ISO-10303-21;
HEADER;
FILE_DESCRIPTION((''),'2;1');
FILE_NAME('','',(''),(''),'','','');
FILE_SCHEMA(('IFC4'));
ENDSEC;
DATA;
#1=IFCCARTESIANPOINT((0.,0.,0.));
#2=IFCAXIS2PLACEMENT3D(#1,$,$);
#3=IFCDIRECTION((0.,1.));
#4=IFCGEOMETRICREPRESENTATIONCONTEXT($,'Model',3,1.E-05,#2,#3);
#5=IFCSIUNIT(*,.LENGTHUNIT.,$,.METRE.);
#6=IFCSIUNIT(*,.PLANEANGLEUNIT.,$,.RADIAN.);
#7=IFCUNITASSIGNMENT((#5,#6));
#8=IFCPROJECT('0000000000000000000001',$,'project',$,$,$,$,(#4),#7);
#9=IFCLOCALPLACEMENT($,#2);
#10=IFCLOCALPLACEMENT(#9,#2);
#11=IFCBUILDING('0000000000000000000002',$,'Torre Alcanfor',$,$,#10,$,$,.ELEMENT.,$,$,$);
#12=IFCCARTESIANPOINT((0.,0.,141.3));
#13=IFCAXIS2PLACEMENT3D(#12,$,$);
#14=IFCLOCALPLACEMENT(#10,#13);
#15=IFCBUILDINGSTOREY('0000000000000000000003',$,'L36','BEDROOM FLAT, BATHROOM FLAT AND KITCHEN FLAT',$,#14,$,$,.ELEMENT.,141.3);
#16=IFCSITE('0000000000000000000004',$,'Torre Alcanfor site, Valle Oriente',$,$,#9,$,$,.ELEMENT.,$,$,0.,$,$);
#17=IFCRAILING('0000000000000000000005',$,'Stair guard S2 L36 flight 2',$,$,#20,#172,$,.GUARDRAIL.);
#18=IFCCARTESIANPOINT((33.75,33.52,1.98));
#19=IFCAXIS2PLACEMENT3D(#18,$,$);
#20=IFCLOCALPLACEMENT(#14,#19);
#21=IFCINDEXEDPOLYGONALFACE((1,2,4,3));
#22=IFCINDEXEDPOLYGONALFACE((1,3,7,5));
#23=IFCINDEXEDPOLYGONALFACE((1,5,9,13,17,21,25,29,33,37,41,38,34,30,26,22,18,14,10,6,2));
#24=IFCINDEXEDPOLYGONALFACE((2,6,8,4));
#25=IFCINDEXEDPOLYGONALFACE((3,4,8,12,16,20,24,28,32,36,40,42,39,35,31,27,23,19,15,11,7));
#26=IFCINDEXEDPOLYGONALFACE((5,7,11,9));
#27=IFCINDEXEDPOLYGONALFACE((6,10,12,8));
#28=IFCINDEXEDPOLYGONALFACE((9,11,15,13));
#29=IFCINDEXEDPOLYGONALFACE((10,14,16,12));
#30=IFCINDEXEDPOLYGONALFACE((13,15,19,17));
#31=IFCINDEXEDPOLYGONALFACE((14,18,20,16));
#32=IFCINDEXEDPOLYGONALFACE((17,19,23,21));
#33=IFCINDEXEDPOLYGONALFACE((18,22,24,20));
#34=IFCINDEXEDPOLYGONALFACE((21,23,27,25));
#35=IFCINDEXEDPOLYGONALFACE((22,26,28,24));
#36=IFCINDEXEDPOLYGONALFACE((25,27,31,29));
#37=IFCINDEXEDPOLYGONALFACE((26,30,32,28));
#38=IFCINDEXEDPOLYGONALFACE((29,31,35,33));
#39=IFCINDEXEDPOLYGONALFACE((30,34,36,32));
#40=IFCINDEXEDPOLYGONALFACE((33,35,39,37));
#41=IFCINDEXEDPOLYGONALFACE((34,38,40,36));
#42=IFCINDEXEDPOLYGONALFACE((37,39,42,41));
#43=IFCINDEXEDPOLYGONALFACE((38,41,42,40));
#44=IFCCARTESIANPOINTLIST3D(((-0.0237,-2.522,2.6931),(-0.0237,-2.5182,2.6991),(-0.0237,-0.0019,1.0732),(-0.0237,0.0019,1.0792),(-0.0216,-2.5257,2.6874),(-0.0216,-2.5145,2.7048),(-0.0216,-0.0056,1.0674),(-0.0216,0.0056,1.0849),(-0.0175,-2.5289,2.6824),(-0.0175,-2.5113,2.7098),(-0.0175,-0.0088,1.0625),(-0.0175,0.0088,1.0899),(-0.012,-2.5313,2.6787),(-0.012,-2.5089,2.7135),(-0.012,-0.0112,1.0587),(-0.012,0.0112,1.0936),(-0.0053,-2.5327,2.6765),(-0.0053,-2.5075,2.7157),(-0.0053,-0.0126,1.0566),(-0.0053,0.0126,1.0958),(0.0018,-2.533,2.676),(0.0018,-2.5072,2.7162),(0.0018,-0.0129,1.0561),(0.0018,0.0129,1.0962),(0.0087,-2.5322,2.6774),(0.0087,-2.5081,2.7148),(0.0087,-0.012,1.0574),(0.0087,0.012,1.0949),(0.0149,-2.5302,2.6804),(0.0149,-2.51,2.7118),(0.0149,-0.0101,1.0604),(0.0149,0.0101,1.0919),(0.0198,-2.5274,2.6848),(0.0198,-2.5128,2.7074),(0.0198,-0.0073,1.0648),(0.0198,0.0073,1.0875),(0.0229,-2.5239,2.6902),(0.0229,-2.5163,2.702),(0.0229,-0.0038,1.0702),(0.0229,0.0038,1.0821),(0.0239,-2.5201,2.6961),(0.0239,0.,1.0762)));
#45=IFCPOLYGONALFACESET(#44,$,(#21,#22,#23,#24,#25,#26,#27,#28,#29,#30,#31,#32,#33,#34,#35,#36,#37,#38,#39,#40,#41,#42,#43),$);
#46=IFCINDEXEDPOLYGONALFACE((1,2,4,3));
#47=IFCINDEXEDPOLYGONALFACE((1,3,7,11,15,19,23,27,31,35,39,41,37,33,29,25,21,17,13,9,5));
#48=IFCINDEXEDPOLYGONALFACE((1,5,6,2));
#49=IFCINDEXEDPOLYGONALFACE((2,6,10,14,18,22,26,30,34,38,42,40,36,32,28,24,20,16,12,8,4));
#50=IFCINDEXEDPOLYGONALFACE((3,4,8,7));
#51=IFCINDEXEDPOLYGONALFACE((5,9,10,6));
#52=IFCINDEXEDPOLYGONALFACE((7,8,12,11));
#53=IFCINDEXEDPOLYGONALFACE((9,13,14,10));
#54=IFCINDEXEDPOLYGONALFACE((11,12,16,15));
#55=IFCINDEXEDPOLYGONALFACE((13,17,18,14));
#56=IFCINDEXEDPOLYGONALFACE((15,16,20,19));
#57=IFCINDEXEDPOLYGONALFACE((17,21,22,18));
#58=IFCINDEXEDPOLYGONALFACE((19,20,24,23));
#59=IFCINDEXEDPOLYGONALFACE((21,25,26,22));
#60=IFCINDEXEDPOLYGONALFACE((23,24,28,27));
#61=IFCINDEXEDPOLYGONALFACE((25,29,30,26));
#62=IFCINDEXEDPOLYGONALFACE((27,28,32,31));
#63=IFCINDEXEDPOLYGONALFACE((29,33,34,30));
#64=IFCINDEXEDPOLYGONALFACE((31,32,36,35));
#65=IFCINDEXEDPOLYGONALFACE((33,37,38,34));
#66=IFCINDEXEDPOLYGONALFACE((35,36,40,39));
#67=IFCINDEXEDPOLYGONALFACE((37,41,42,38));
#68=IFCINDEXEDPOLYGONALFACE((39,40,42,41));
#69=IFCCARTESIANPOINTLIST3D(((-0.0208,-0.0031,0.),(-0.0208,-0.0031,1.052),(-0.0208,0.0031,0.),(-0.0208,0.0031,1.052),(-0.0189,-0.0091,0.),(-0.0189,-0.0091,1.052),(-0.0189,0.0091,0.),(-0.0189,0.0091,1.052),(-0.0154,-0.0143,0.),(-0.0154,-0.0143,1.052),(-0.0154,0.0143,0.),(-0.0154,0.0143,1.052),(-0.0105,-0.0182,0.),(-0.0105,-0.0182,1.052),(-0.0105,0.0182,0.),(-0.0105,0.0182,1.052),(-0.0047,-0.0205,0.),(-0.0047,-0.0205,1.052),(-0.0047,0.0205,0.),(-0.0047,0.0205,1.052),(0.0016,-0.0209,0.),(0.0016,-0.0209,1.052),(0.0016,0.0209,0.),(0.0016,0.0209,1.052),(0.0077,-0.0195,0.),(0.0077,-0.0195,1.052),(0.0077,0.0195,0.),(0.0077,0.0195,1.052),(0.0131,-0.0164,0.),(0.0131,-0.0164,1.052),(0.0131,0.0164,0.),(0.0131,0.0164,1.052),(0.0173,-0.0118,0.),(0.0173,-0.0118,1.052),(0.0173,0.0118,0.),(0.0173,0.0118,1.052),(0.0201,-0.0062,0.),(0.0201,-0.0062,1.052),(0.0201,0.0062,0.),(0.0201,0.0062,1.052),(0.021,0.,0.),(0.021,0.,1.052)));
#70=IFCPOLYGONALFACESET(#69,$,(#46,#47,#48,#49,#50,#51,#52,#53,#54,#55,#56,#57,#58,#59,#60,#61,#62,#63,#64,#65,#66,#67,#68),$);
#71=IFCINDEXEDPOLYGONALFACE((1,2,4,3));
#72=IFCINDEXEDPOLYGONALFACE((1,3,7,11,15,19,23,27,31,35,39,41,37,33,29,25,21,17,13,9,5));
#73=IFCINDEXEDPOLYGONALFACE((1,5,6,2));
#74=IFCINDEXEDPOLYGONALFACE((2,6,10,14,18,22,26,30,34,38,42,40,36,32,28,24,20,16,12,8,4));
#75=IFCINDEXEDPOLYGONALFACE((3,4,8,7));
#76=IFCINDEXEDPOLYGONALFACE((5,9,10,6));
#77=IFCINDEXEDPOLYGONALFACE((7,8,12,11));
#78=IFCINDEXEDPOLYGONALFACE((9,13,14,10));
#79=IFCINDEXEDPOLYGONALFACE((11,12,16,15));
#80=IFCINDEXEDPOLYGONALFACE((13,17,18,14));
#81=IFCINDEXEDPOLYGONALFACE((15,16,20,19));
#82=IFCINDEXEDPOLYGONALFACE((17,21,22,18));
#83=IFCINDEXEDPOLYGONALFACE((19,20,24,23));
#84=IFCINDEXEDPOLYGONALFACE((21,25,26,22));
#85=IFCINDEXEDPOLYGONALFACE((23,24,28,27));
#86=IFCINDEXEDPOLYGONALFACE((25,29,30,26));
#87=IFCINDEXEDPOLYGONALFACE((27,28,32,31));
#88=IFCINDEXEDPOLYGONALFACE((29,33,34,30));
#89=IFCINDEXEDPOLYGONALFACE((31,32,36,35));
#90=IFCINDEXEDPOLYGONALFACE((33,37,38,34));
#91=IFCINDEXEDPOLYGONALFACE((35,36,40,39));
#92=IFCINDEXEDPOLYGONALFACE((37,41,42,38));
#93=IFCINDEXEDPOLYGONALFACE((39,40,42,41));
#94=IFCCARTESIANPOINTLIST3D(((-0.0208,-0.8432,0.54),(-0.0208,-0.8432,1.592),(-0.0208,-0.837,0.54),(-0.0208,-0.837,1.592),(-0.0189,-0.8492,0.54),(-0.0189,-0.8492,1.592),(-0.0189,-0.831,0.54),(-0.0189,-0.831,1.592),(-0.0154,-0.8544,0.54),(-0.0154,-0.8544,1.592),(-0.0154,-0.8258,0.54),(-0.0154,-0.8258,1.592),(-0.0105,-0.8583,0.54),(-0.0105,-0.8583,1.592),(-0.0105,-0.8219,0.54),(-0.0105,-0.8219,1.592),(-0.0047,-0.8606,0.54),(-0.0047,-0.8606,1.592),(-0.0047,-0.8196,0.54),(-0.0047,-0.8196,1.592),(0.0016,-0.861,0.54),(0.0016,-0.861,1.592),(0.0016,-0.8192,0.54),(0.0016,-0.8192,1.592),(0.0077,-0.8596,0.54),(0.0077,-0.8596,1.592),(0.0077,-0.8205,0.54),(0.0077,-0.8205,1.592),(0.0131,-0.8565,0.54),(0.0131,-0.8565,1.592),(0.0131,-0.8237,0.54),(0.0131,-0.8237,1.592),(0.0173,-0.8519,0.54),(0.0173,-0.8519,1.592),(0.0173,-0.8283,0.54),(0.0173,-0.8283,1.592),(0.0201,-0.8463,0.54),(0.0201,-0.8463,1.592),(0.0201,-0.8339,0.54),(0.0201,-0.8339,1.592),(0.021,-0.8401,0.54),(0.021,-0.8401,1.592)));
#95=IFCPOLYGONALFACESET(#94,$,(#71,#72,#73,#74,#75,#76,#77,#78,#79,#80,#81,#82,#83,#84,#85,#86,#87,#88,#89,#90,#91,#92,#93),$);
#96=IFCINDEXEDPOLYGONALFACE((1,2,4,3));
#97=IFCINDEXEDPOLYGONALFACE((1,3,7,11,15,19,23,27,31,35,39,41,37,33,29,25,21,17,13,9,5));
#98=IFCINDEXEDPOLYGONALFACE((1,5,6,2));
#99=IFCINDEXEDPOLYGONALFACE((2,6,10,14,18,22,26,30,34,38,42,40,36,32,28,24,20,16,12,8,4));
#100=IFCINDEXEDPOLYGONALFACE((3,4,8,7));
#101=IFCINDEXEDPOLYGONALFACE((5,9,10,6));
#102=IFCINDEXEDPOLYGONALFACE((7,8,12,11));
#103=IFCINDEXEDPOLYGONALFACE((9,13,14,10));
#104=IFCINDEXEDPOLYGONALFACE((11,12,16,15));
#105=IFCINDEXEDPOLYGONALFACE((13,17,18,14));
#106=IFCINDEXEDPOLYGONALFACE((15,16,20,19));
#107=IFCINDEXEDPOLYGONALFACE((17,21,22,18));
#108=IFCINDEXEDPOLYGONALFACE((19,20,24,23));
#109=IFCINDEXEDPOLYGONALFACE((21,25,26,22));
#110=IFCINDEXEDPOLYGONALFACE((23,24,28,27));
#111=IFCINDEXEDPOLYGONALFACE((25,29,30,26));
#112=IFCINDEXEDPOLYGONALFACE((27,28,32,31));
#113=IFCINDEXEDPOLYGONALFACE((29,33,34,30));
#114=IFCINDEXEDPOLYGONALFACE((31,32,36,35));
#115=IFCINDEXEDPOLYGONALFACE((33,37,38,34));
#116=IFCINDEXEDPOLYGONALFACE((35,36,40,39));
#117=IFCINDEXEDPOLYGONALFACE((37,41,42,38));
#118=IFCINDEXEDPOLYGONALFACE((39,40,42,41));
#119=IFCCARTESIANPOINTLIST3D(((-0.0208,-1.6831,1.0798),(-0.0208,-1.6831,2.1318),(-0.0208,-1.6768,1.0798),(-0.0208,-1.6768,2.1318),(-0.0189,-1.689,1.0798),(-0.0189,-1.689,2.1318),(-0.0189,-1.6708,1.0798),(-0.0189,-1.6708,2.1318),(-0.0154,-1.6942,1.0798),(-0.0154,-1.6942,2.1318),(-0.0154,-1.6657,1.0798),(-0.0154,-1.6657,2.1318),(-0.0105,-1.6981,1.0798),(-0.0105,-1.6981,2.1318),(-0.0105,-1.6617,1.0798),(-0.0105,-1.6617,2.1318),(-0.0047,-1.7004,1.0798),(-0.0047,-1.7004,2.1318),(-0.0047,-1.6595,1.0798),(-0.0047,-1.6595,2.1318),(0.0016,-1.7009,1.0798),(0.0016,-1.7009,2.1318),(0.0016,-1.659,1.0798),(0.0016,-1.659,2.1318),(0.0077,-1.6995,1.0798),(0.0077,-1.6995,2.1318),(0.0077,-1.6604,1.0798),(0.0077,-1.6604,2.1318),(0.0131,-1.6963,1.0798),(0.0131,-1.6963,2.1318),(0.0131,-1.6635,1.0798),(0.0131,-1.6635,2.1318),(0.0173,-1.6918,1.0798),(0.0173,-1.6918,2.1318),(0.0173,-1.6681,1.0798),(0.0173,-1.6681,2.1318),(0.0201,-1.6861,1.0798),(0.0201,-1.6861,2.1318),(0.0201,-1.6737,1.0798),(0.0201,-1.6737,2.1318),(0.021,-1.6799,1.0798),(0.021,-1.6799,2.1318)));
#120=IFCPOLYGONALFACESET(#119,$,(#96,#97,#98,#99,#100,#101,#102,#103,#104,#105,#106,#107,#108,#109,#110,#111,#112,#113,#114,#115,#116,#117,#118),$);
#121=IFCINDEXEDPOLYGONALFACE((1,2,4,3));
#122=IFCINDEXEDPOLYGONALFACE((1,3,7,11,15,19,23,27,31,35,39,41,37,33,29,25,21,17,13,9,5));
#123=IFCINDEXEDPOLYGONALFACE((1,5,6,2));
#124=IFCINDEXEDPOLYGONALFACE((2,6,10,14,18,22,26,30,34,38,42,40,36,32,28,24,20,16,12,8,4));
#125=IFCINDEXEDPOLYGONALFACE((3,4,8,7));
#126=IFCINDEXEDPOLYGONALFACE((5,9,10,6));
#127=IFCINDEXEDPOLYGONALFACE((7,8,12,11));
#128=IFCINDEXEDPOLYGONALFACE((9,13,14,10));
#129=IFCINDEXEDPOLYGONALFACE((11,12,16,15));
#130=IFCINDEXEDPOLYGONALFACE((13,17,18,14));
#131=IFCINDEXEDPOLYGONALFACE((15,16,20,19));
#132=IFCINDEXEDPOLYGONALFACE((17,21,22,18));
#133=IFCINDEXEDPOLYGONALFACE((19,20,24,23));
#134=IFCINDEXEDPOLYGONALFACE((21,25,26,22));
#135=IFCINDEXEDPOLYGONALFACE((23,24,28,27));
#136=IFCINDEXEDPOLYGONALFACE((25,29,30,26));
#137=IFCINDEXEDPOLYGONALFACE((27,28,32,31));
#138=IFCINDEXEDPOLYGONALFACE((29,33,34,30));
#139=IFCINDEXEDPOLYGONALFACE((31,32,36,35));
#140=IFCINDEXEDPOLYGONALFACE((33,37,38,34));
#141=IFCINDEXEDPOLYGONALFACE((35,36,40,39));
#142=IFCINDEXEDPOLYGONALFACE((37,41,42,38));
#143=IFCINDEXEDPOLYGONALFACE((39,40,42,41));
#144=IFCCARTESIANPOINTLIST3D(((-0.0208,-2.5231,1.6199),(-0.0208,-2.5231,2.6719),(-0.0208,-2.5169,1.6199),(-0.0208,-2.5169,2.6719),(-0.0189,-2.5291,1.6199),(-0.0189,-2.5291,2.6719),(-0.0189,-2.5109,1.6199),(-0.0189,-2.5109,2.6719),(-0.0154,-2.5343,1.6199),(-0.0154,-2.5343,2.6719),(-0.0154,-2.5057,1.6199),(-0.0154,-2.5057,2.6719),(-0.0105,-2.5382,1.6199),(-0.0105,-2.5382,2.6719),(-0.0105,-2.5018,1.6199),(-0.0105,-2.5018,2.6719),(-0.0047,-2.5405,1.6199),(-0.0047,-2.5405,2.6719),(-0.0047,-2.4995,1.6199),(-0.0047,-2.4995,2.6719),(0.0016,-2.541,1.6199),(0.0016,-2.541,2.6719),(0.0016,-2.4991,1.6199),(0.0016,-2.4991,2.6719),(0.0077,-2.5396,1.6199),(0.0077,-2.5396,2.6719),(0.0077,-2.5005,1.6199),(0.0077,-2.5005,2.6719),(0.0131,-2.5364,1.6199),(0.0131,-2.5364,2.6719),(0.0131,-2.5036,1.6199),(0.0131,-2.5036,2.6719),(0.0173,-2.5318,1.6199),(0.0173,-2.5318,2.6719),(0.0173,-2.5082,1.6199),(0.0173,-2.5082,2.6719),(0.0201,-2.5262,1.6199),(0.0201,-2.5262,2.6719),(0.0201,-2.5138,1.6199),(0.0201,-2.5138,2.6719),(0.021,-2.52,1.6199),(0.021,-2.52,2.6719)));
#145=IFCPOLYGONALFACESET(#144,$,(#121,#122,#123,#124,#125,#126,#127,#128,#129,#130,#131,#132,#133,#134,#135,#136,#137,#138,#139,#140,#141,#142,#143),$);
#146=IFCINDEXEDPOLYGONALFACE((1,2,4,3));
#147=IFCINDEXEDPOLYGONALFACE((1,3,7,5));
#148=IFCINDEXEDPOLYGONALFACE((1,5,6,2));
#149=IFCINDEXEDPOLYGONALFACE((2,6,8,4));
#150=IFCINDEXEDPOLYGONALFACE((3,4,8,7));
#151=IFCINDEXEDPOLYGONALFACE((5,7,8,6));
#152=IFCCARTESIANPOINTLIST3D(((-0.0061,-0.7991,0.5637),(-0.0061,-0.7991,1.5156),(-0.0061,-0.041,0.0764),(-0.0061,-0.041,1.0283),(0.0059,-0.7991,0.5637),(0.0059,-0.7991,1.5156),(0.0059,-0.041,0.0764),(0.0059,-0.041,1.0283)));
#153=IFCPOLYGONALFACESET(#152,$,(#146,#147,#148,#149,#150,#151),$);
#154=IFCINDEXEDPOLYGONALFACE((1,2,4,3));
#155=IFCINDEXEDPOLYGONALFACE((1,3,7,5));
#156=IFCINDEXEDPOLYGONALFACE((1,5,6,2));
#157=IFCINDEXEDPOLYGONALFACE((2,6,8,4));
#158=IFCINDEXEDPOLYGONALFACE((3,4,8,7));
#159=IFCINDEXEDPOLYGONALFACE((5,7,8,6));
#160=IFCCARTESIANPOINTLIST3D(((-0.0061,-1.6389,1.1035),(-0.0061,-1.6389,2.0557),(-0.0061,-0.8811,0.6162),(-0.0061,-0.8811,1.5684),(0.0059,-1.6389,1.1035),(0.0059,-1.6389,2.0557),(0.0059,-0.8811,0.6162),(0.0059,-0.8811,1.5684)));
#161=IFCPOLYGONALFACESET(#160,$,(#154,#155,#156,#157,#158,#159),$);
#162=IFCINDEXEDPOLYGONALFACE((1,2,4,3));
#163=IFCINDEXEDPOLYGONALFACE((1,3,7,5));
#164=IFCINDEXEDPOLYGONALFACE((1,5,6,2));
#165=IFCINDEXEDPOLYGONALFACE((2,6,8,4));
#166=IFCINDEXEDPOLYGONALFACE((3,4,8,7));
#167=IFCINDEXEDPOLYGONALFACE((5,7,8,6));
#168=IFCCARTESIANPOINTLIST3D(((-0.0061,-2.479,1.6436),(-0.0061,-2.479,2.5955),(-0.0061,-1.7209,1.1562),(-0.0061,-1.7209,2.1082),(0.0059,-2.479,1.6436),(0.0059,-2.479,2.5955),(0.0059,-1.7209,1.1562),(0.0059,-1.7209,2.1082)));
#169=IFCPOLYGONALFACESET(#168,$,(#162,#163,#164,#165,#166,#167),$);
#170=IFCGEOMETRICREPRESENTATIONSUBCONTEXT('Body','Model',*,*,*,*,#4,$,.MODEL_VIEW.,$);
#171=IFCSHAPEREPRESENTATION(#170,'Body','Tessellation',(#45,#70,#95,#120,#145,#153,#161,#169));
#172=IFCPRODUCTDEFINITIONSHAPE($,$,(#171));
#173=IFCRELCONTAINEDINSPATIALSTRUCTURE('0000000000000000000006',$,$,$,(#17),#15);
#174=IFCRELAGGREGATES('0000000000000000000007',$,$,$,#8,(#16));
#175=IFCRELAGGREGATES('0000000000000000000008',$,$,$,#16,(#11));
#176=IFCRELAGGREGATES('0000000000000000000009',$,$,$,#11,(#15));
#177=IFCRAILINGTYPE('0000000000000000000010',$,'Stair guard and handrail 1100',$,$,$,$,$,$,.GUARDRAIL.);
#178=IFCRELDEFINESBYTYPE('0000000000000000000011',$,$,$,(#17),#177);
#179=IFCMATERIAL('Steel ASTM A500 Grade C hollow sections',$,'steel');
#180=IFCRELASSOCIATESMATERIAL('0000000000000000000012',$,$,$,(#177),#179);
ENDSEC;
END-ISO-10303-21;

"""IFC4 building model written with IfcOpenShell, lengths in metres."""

from ifc_helpers import new_model, si_unit, direction, frame, origin, origin_2d, place, context, subcontext, project, spatial, polyline, circle, outline, extrude, material, type_object, element, save


model = new_model("IFC4")

# Units and contexts
model_context = context("Model", 3, precision=1e-05, world=origin(), true_north=direction((0.0, 1.0)))
body_context = subcontext(model_context, "Body", "Model", "MODEL_VIEW")
ifc_project = project(units=[si_unit("LENGTHUNIT", "METRE"), si_unit("PLANEANGLEUNIT", "RADIAN")], contexts=[model_context])

# Site, building, storey
site_placement = place(None, origin())
site = spatial("IfcSite", under=ifc_project, at=site_placement, Name="Torre Alcanfor site, Valle Oriente", CompositionType="ELEMENT", RefElevation=0.0)
building_placement = place(site_placement, origin())
building = spatial("IfcBuilding", under=site, at=building_placement, Name="Torre Alcanfor", CompositionType="ELEMENT")
storey_placement = place(building_placement, frame((0.0, 0.0, 141.3)))
storey = spatial("IfcBuildingStorey", under=building, at=storey_placement, Name="L36", Description="BEDROOM FLAT, BATHROOM FLAT AND KITCHEN FLAT", CompositionType="ELEMENT", Elevation=141.3)

# Railing
ifc_material_1 = material(Name="Steel ASTM A500 Grade C hollow sections", Category="steel")
railing_type_1 = type_object("IfcRailingType", Name="Stair guard and handrail 1100", PredefinedType="GUARDRAIL", material=ifc_material_1)
railing_1_placement = place(storey_placement, frame((33.75, 33.52, 1.98)))
element("IfcRailing", 1, at=railing_1_placement, inside=storey, type_object=railing_type_1, Name="Stair guard S2 L36 flight 2", PredefinedType="GUARDRAIL", context=body_context, shape_type="SweptSolid", body=[
    extrude(circle(Radius=0.0239, at=origin_2d()), frame((0.0, 0.0, 1.0762), z_axis=(0.0, -0.8412, 0.540725), x_axis=(1.0, 0.0, 0.0)), (0.0, 0.0, 1.0), 2.9958),
    extrude(circle(Radius=0.021, at=origin_2d()), origin(), (0.0, 0.0, 1.0), 1.052),
    extrude(circle(Radius=0.021, at=origin_2d()), frame((0.0, -0.8401, 0.54)), (0.0, 0.0, 1.0), 1.052),
    extrude(circle(Radius=0.021, at=origin_2d()), frame((0.0, -1.6799, 1.0798)), (0.0, 0.0, 1.0), 1.052),
    extrude(circle(Radius=0.021, at=origin_2d()), frame((0.0, -2.52, 1.6199)), (0.0, 0.0, 1.0), 1.052),
    extrude(outline(polyline([(0.041, 0.0764), (0.7991, 0.5637), (0.7991, 1.5156), (0.041, 1.0283), (0.041, 0.0764)])), frame((0.0059, 0.0, 0.0), z_axis=(-1.0, 0.0, 0.0), x_axis=(0.0, -1.0, 0.0)), (0.0, 0.0, 1.0), 0.012),
    extrude(outline(polyline([(0.8811, 0.6162), (1.6389, 1.1035), (1.6389, 2.0557), (0.8811, 1.5684), (0.8811, 0.6162)])), frame((0.0059, 0.0, 0.0), z_axis=(-1.0, 0.0, 0.0), x_axis=(0.0, -1.0, 0.0)), (0.0, 0.0, 1.0), 0.012),
    extrude(outline(polyline([(1.7209, 1.1562), (2.479, 1.6436), (2.479, 2.5955), (1.7209, 2.1082), (1.7209, 1.1562)])), frame((0.0059, 0.0, 0.0), z_axis=(-1.0, 0.0, 0.0), x_axis=(0.0, -1.0, 0.0)), (0.0, 0.0, 1.0), 0.012),
])

save(model, "model.ifc")
